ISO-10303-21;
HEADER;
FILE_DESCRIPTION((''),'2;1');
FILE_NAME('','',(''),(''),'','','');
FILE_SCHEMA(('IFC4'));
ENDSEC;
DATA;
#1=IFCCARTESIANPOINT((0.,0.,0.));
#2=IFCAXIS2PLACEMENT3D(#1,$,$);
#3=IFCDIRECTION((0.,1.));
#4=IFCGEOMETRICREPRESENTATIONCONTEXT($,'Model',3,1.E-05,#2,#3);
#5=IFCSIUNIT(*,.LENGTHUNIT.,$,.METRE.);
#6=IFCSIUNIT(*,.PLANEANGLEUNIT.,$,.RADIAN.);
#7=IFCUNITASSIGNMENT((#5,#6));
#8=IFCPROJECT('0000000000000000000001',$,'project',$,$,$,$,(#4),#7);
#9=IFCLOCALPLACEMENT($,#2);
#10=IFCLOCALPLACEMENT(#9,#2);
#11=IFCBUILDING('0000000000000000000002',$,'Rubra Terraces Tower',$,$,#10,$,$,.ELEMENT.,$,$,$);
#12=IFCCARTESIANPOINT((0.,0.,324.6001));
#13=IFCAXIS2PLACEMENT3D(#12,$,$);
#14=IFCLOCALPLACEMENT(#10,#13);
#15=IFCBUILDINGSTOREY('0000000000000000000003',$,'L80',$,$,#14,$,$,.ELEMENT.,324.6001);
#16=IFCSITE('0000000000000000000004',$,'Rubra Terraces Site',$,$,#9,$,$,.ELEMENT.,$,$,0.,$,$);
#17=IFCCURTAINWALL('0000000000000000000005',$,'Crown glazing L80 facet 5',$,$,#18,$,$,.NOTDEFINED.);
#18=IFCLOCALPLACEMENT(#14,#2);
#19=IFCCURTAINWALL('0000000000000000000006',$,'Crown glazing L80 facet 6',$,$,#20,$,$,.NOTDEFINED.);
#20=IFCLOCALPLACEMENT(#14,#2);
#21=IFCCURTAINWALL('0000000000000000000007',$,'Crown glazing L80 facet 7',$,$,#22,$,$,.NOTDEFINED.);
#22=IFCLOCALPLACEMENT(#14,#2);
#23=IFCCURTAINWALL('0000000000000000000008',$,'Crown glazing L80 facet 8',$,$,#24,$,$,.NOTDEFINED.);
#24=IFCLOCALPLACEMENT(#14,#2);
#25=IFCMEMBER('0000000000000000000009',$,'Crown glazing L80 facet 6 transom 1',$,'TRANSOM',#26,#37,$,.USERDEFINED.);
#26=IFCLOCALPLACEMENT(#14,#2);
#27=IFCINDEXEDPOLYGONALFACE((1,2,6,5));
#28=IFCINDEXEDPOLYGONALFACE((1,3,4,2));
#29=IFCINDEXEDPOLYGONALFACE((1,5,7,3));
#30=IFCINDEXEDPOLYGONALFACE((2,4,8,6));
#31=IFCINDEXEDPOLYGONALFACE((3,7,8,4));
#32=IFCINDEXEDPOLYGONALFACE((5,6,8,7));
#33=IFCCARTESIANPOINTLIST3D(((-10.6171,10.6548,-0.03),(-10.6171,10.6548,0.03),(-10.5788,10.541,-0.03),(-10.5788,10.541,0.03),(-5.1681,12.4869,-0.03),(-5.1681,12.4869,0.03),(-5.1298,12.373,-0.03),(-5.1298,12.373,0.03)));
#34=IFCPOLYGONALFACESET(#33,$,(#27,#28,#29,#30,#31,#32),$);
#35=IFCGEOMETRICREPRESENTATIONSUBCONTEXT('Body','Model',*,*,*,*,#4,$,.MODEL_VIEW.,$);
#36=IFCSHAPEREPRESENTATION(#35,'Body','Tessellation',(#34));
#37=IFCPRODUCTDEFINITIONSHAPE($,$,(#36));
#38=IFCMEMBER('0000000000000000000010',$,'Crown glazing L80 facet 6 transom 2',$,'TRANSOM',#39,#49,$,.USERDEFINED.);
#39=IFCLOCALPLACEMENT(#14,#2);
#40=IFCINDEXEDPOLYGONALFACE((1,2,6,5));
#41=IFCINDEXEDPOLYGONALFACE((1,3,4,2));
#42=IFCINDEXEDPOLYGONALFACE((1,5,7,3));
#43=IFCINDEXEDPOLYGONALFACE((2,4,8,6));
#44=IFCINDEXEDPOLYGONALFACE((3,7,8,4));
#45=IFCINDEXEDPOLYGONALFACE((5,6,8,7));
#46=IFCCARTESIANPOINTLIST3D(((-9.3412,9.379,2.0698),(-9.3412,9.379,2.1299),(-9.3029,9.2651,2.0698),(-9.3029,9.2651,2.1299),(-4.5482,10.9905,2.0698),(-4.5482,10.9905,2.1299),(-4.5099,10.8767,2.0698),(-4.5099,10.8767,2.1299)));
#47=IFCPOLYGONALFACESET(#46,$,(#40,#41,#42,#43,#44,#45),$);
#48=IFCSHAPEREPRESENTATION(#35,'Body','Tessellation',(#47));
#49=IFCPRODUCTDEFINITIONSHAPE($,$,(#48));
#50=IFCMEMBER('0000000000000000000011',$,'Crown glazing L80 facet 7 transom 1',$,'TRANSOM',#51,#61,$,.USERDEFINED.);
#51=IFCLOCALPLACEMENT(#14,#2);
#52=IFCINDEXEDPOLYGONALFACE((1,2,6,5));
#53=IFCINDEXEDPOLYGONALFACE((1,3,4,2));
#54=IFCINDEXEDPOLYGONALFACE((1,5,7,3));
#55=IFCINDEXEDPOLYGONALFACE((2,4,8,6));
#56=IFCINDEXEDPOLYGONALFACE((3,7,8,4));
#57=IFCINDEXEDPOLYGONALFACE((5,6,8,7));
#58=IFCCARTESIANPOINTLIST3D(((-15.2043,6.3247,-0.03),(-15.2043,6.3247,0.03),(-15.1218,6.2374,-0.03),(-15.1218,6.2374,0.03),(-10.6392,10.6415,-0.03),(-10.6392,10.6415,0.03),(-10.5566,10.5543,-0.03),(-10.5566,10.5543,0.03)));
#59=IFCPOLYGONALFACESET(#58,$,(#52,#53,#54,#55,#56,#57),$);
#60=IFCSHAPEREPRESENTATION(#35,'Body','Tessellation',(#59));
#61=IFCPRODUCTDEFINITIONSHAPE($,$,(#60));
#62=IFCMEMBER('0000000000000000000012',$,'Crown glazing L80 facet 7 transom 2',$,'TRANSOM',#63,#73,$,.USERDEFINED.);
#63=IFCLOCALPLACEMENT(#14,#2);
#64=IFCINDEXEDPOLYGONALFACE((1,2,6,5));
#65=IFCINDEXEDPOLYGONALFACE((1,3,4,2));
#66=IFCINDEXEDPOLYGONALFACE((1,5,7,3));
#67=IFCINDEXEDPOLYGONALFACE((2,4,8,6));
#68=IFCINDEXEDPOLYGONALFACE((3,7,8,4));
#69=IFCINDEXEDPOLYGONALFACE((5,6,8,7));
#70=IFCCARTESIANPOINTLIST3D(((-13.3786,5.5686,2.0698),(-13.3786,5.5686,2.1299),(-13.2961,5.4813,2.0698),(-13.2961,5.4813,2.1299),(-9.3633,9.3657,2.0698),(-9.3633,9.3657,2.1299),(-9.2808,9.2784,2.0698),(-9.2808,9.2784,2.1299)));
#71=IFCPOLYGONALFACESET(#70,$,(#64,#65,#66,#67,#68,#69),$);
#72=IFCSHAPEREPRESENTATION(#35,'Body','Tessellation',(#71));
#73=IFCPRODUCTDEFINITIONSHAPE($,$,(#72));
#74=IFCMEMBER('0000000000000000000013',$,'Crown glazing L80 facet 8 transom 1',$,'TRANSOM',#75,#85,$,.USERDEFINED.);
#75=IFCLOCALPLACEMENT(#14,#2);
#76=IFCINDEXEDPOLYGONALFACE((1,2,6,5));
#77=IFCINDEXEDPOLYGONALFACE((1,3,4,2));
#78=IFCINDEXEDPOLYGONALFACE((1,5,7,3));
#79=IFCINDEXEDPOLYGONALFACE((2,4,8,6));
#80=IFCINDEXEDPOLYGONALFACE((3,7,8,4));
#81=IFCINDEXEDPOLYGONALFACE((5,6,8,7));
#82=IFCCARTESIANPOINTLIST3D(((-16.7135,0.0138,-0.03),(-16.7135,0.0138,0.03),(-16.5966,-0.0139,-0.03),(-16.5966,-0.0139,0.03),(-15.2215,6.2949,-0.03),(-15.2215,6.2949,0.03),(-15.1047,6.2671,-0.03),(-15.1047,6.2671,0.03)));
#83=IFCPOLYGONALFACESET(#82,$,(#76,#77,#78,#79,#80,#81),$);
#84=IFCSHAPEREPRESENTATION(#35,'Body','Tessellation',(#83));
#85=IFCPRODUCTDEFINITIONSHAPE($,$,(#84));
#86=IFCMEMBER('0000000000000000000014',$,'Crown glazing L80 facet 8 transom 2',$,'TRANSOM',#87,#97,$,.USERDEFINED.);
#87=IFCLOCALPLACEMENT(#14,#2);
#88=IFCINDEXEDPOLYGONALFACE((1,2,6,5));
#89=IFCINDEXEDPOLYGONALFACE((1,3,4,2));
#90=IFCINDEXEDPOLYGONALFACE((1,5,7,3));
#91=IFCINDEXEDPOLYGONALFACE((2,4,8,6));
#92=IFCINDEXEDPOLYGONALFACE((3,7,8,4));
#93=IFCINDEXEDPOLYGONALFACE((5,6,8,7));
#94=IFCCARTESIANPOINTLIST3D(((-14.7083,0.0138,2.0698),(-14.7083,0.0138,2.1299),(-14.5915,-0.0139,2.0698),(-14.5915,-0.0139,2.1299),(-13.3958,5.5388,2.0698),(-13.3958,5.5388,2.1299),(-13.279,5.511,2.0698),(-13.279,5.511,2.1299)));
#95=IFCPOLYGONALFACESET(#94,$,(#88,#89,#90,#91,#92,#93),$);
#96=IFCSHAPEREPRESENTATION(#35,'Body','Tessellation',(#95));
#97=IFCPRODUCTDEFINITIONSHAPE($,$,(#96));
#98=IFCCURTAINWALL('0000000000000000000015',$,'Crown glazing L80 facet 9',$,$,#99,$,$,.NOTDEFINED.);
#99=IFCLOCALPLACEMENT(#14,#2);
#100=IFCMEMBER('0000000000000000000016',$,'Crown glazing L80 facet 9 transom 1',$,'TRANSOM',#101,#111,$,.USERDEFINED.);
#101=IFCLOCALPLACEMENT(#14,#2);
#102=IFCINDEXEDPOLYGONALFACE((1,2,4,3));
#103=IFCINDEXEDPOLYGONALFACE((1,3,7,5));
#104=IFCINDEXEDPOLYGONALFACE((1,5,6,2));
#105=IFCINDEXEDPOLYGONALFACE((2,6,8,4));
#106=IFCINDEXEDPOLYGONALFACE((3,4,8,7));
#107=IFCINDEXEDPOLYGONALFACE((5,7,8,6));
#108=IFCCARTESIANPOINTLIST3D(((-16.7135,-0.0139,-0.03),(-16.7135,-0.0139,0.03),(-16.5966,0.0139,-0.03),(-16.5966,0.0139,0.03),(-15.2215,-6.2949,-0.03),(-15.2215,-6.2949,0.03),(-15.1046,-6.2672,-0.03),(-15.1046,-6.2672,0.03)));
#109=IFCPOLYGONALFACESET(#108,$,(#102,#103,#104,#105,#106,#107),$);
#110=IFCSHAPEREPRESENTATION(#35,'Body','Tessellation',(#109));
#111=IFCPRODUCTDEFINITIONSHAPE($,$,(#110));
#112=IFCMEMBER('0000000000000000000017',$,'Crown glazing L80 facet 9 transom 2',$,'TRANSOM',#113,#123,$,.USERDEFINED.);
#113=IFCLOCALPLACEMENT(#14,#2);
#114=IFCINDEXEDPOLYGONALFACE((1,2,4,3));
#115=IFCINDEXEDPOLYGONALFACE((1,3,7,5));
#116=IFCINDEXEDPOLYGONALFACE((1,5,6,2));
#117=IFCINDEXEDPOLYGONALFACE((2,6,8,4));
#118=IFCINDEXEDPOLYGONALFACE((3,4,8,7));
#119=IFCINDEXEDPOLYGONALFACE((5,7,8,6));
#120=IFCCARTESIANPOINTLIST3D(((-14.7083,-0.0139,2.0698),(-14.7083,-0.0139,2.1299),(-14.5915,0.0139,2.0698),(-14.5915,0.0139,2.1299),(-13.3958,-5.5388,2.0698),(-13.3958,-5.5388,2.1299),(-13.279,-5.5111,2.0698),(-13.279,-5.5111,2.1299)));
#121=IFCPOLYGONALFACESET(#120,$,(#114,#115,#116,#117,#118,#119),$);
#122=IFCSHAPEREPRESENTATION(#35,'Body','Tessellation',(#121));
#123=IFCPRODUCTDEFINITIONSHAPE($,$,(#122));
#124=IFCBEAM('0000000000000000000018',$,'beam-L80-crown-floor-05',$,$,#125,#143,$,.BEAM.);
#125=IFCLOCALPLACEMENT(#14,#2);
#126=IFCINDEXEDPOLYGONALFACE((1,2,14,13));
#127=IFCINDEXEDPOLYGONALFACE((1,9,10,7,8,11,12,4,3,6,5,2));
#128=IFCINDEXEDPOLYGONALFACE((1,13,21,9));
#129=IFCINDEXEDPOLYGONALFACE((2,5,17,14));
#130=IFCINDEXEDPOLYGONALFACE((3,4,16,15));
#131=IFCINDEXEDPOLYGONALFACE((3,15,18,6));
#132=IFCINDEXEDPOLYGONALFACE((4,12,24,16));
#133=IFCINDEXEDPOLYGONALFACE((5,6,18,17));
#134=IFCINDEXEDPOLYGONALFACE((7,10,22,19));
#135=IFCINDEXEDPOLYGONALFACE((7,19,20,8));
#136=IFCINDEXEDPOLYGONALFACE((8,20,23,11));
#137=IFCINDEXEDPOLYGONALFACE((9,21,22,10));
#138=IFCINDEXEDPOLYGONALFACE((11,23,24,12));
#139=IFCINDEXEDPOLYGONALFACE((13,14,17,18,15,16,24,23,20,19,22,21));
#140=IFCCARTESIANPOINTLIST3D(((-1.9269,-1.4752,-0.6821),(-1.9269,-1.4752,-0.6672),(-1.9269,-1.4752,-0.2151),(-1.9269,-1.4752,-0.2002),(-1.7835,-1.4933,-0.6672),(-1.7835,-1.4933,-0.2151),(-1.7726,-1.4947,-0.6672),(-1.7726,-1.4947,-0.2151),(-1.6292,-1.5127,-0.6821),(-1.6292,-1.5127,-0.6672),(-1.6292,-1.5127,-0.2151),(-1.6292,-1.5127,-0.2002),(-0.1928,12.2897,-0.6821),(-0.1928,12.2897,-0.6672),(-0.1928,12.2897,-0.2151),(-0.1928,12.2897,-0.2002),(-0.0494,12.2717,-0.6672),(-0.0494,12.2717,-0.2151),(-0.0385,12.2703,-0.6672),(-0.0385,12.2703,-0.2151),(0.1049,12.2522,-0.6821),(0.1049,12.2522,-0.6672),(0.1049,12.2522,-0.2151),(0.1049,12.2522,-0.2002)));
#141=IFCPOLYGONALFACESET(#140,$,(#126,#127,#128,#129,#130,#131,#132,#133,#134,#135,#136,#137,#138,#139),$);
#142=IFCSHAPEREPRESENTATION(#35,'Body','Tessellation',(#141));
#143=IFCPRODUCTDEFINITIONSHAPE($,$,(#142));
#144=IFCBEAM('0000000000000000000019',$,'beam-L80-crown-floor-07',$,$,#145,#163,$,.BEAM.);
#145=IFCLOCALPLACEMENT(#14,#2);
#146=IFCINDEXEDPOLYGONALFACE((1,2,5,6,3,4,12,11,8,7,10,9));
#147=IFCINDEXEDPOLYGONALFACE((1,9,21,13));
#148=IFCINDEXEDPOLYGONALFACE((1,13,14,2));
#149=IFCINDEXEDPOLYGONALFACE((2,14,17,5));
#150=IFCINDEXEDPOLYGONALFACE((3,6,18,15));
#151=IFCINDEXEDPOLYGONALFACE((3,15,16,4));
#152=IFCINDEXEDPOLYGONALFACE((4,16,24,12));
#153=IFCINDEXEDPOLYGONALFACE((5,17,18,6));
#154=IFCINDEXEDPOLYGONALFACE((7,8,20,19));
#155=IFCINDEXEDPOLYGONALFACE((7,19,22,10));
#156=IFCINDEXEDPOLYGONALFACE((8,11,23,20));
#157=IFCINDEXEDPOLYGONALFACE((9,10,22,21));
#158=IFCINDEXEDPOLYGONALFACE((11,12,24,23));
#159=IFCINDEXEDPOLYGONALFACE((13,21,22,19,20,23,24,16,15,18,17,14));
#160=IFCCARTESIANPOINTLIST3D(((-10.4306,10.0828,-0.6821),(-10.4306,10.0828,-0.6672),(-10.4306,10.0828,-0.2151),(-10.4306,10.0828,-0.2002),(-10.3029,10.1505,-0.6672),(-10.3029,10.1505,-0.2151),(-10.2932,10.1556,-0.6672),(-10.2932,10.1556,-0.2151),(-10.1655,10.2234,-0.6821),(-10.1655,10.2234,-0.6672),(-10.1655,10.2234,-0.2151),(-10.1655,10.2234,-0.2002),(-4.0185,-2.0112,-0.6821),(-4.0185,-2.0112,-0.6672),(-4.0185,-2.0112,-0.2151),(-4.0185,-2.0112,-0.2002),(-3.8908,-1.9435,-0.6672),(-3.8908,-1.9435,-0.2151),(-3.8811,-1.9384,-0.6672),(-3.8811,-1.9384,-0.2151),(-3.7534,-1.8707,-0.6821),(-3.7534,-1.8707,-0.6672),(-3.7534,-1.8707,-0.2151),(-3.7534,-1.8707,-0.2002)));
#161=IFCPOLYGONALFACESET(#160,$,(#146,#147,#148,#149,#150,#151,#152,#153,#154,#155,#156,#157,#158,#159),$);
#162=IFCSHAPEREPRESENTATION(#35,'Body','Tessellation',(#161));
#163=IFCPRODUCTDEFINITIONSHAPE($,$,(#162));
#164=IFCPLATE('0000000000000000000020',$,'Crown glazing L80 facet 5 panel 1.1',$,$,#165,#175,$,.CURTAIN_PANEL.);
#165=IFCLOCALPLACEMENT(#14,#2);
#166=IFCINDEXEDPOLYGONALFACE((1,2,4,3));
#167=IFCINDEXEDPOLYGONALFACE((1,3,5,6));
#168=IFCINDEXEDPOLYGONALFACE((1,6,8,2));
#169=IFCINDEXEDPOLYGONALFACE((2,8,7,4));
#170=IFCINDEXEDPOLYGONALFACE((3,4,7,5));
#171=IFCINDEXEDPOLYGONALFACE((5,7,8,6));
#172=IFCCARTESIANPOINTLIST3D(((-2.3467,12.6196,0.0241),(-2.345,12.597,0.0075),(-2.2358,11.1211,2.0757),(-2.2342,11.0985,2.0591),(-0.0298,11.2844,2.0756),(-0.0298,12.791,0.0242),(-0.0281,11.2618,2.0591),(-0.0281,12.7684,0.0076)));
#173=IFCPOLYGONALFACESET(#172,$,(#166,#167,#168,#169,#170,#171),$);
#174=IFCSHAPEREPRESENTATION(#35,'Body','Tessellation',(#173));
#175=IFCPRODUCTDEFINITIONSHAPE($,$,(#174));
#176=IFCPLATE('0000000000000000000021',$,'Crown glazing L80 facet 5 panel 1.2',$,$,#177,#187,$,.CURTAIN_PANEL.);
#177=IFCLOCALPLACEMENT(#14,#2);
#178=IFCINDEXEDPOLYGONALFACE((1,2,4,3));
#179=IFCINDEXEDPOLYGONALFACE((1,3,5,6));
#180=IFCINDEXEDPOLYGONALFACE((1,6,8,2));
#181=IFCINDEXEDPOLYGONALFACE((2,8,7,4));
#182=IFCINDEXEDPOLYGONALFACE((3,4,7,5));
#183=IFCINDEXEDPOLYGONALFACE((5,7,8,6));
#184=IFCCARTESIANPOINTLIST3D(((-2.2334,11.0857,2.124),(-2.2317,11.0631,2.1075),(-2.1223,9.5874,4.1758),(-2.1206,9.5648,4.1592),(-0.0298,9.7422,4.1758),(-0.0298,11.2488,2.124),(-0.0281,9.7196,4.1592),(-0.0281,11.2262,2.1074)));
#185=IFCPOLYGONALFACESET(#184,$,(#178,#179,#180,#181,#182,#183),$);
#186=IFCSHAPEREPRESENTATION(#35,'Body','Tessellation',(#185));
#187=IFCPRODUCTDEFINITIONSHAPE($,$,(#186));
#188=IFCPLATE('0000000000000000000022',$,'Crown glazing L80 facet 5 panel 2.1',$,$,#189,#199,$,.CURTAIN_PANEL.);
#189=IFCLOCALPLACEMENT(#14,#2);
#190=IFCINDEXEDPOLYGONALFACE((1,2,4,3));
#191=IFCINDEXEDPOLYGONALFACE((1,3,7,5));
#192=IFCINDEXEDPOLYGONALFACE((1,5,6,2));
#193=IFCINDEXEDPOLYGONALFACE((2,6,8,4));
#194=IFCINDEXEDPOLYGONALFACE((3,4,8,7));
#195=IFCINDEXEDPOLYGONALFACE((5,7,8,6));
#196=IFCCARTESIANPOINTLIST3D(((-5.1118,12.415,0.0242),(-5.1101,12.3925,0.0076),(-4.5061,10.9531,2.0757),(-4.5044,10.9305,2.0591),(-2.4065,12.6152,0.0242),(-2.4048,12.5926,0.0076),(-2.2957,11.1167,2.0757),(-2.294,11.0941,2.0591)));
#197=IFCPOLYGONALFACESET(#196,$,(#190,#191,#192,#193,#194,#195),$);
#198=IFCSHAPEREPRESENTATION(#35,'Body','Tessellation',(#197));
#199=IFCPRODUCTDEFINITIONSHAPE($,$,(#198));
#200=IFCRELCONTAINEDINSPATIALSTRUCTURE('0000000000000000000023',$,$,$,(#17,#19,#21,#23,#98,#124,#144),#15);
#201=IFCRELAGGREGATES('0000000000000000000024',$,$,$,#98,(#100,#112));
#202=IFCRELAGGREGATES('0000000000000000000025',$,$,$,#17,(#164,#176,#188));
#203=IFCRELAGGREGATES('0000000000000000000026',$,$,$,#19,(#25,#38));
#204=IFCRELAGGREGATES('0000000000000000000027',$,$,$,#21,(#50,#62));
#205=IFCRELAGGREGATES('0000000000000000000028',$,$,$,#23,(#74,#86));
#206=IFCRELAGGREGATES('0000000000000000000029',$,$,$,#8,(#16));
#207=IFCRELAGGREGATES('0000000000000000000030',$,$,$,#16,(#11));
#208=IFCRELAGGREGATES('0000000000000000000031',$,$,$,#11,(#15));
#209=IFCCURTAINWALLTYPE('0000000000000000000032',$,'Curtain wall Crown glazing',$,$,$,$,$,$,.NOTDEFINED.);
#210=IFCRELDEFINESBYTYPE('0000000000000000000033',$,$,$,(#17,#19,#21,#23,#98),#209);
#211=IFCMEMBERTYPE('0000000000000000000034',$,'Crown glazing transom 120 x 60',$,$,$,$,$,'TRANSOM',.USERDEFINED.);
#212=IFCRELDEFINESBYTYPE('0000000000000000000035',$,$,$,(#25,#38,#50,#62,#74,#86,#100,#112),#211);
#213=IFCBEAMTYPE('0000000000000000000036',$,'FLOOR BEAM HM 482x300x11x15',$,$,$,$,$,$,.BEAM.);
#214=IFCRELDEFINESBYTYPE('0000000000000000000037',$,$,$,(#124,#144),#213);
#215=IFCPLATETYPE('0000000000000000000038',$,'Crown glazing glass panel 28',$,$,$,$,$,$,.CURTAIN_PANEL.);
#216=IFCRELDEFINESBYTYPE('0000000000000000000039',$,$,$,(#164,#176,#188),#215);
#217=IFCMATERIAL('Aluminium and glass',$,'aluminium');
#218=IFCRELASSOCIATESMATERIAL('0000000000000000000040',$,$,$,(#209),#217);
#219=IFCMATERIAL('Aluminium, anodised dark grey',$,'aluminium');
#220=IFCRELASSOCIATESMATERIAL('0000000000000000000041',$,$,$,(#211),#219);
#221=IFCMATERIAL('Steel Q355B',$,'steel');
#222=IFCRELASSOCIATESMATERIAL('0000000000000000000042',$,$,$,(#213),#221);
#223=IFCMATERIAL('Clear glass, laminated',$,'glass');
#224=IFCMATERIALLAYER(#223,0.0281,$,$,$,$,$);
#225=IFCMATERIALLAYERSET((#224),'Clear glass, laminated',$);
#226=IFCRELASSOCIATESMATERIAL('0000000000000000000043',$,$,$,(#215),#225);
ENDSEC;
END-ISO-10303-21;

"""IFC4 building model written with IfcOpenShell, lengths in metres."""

from ifc_helpers import new_model, si_unit, direction, frame, origin, origin_2d, place, context, subcontext, project, spatial, polyline, rectangle, i_section, outline, extrude, material, layer, layer_set, material_profile, profile_set, type_object, element, aggregate, save


model = new_model("IFC4")

# Units and contexts
model_context = context("Model", 3, precision=1e-05, world=origin(), true_north=direction((0.0, 1.0)))
body_context = subcontext(model_context, "Body", "Model", "MODEL_VIEW")
ifc_project = project(units=[si_unit("LENGTHUNIT", "METRE"), si_unit("PLANEANGLEUNIT", "RADIAN")], contexts=[model_context])

# Site, building, storey
site_placement = place(None, origin())
site = spatial("IfcSite", under=ifc_project, at=site_placement, Name="Rubra Terraces Site", CompositionType="ELEMENT", RefElevation=0.0)
building_placement = place(site_placement, origin())
building = spatial("IfcBuilding", under=site, at=building_placement, Name="Rubra Terraces Tower", CompositionType="ELEMENT")
storey_placement = place(building_placement, frame((0.0, 0.0, 324.6001)))
storey = spatial("IfcBuildingStorey", under=building, at=storey_placement, Name="L80", CompositionType="ELEMENT", Elevation=324.6001)

# Shared definitions
ifc_material_1 = material(Name="Steel Q355B", Category="steel")

# Curtain walls
ifc_material_2 = material(Name="Aluminium and glass", Category="aluminium")
curtain_wall_type = type_object("IfcCurtainWallType", Name="Curtain wall Crown glazing", PredefinedType="NOTDEFINED", material=ifc_material_2)
curtain_wall_1_placement = place(storey_placement, origin())
curtain_wall_1 = element("IfcCurtainWall", 1, at=curtain_wall_1_placement, inside=storey, type_object=curtain_wall_type, Name="Crown glazing L80 facet 5", PredefinedType="NOTDEFINED")
ifc_material_3 = material(Name="Aluminium, anodised dark grey", Category="aluminium")
curtain_wall_2_placement = place(storey_placement, origin())
curtain_wall_2 = element("IfcCurtainWall", 2, at=curtain_wall_2_placement, inside=storey, type_object=curtain_wall_type, Name="Crown glazing L80 facet 6", PredefinedType="NOTDEFINED")
curtain_wall_3_placement = place(storey_placement, origin())
curtain_wall_3 = element("IfcCurtainWall", 3, at=curtain_wall_3_placement, inside=storey, type_object=curtain_wall_type, Name="Crown glazing L80 facet 7", PredefinedType="NOTDEFINED")
curtain_wall_4_placement = place(storey_placement, origin())
curtain_wall_4 = element("IfcCurtainWall", 4, at=curtain_wall_4_placement, inside=storey, type_object=curtain_wall_type, Name="Crown glazing L80 facet 8", PredefinedType="NOTDEFINED")

# Members
ifc_material_profile_1 = material_profile(ifc_material_3, rectangle(XDim=0.1201, YDim=0.0601, at=origin_2d()), Name="AL 120x60")
ifc_profile_set_1 = profile_set([ifc_material_profile_1], Name="Aluminium, anodised dark grey")
member_type_1 = type_object("IfcMemberType", Name="Crown glazing transom 120 x 60", ElementType="TRANSOM", PredefinedType="USERDEFINED", material=ifc_profile_set_1)
member_1_placement = place(storey_placement, frame((-5.1489, 12.4299, 0.0), z_axis=(-0.94786, -0.318686, 0.0), x_axis=(0.318686, -0.94786, 0.0)))
member_1 = element("IfcMember", 5, at=member_1_placement, type_object=member_type_1, Name="Crown glazing L80 facet 6 transom 1", ObjectType="TRANSOM", PredefinedType="USERDEFINED", context=body_context, shape_type="SweptSolid", body=[
    extrude(rectangle(XDim=0.1201, YDim=0.0601, at=origin_2d()), origin(), (0.0, 0.0, 1.0), 5.7488),
])
member_2_placement = place(storey_placement, frame((-4.5291, 10.9336, 2.0999), z_axis=(-0.947854, -0.318704, 0.0), x_axis=(0.318704, -0.947854, 0.0)))
member_2 = element("IfcMember", 6, at=member_2_placement, type_object=member_type_1, Name="Crown glazing L80 facet 6 transom 2", ObjectType="TRANSOM", PredefinedType="USERDEFINED", context=body_context, shape_type="SweptSolid", body=[
    extrude(rectangle(XDim=0.1201, YDim=0.0601, at=origin_2d()), origin(), (0.0, 0.0, 1.0), 5.0566),
])
member_3_placement = place(storey_placement, frame((-10.5979, 10.5979, 0.0), z_axis=(-0.72659, -0.687072, 0.0), x_axis=(0.687072, -0.72659, 0.0)))
member_3 = element("IfcMember", 7, at=member_3_placement, type_object=member_type_1, Name="Crown glazing L80 facet 7 transom 1", ObjectType="TRANSOM", PredefinedType="USERDEFINED", context=body_context, shape_type="SweptSolid", body=[
    extrude(rectangle(XDim=0.1201, YDim=0.0601, at=origin_2d()), origin(), (0.0, 0.0, 1.0), 6.283),
])
member_4_placement = place(storey_placement, frame((-9.322, 9.322, 2.0999), z_axis=(-0.726578, -0.687084, 0.0), x_axis=(0.687084, -0.726578, 0.0)))
member_4 = element("IfcMember", 8, at=member_4_placement, type_object=member_type_1, Name="Crown glazing L80 facet 7 transom 2", ObjectType="TRANSOM", PredefinedType="USERDEFINED", context=body_context, shape_type="SweptSolid", body=[
    extrude(rectangle(XDim=0.1201, YDim=0.0601, at=origin_2d()), origin(), (0.0, 0.0, 1.0), 5.5264),
])
member_5_placement = place(storey_placement, frame((-15.1631, 6.281, 0.0), z_axis=(-0.231102, -0.972929, 0.0), x_axis=(0.972929, -0.231102, 0.0)))
member_5 = element("IfcMember", 9, at=member_5_placement, type_object=member_type_1, Name="Crown glazing L80 facet 8 transom 1", ObjectType="TRANSOM", PredefinedType="USERDEFINED", context=body_context, shape_type="SweptSolid", body=[
    extrude(rectangle(XDim=0.1201, YDim=0.0601, at=origin_2d()), origin(), (0.0, 0.0, 1.0), 6.4558),
])
member_6_placement = place(storey_placement, frame((-13.3374, 5.5249, 2.0999), z_axis=(-0.231128, -0.972923, 0.0), x_axis=(0.972923, -0.231128, 0.0)))
member_6 = element("IfcMember", 10, at=member_6_placement, type_object=member_type_1, Name="Crown glazing L80 facet 8 transom 2", ObjectType="TRANSOM", PredefinedType="USERDEFINED", context=body_context, shape_type="SweptSolid", body=[
    extrude(rectangle(XDim=0.1201, YDim=0.0601, at=origin_2d()), origin(), (0.0, 0.0, 1.0), 5.6787),
])

# Curtain wall, members
curtain_wall_5_placement = place(storey_placement, origin())
curtain_wall_5 = element("IfcCurtainWall", 11, at=curtain_wall_5_placement, inside=storey, type_object=curtain_wall_type, Name="Crown glazing L80 facet 9", PredefinedType="NOTDEFINED")
member_7_placement = place(storey_placement, frame((-16.655, 0.0, 0.0), z_axis=(0.231102, -0.972929, 0.0), x_axis=(0.972929, 0.231102, 0.0)))
member_7 = element("IfcMember", 12, at=member_7_placement, type_object=member_type_1, Name="Crown glazing L80 facet 9 transom 1", ObjectType="TRANSOM", PredefinedType="USERDEFINED", context=body_context, shape_type="SweptSolid", body=[
    extrude(rectangle(XDim=0.1201, YDim=0.0601, at=origin_2d()), origin(), (0.0, 0.0, 1.0), 6.4558),
])
member_8_placement = place(storey_placement, frame((-14.6499, 0.0, 2.0999), z_axis=(0.231128, -0.972923, 0.0), x_axis=(0.972923, 0.231128, 0.0)))
member_8 = element("IfcMember", 13, at=member_8_placement, type_object=member_type_1, Name="Crown glazing L80 facet 9 transom 2", ObjectType="TRANSOM", PredefinedType="USERDEFINED", context=body_context, shape_type="SweptSolid", body=[
    extrude(rectangle(XDim=0.1201, YDim=0.0601, at=origin_2d()), origin(), (0.0, 0.0, 1.0), 5.6787),
])
aggregate(curtain_wall_5, [member_7, member_8])

# Beams
ifc_material_profile_2 = material_profile(ifc_material_1, i_section(OverallWidth=0.3, OverallDepth=0.4819, WebThickness=0.011, FlangeThickness=0.0149, at=origin_2d()), Name="HM 482x300x11x15")
ifc_profile_set_2 = profile_set([ifc_material_profile_2], Name="Steel Q355B")
beam_type_1 = type_object("IfcBeamType", Name="FLOOR BEAM HM 482x300x11x15", PredefinedType="BEAM", material=ifc_profile_set_2)
beam_1_placement = place(storey_placement, frame((-0.0439, 12.271, -0.4412), z_axis=(-0.124994, -0.992157, 0.0), x_axis=(0.992157, -0.124994, 0.0)))
element("IfcBeam", 14, at=beam_1_placement, inside=storey, type_object=beam_type_1, Name="beam-L80-crown-floor-05", PredefinedType="BEAM", context=body_context, shape_type="SweptSolid", body=[
    extrude(i_section(OverallWidth=0.3, OverallDepth=0.4819, WebThickness=0.011, FlangeThickness=0.0149, at=origin_2d()), origin(), (0.0, 0.0, 1.0), 13.8738),
])
beam_2_placement = place(storey_placement, frame((-10.2981, 10.1531, -0.4412), z_axis=(0.468424, -0.883504, 0.0), x_axis=(0.883504, 0.468424, 0.0)))
element("IfcBeam", 15, at=beam_2_placement, inside=storey, type_object=beam_type_1, Name="beam-L80-crown-floor-07", PredefinedType="BEAM", context=body_context, shape_type="SweptSolid", body=[
    extrude(i_section(OverallWidth=0.3, OverallDepth=0.4819, WebThickness=0.011, FlangeThickness=0.0149, at=origin_2d()), origin(), (0.0, 0.0, 1.0), 13.6887),
])

# Plates
ifc_material_4 = material(Name="Clear glass, laminated", Category="glass")
ifc_layer_1 = layer(ifc_material_4, 0.0281)
ifc_layer_set_1 = layer_set([ifc_layer_1], Name="Clear glass, laminated")
plate_type = type_object("IfcPlateType", Name="Crown glazing glass panel 28", PredefinedType="CURTAIN_PANEL", material=ifc_layer_set_1)
plate_1_placement = place(storey_placement, frame((-0.0298, 12.791, 0.0242), z_axis=(-0.059541, 0.804559, 0.590881), x_axis=(-0.997274, -0.073791, -0.000015)))
plate_1 = element("IfcPlate", 16, at=plate_1_placement, type_object=plate_type, Name="Crown glazing L80 facet 5 panel 1.1", PredefinedType="CURTAIN_PANEL", context=body_context, shape_type="SweptSolid", body=[
    extrude(outline(polyline([(0.0, 0.0), (2.3232, 0.0), (2.3232, 2.543), (0.1111, 2.5429), (0.0, 0.0)])), origin(), (0.0, 0.0, -1.0), 0.0281),
])
plate_2_placement = place(storey_placement, frame((-0.0298, 11.2488, 2.124), z_axis=(-0.059533, 0.804614, 0.590806), x_axis=(-0.997273, -0.073795, 0.000009)))
plate_2 = element("IfcPlate", 17, at=plate_2_placement, type_object=plate_type, Name="Crown glazing L80 facet 5 panel 1.2", PredefinedType="CURTAIN_PANEL", context=body_context, shape_type="SweptSolid", body=[
    extrude(outline(polyline([(0.0, 0.0), (2.2096, 0.0), (2.2094, 2.543), (0.1112, 2.5431), (0.0, 0.0)])), origin(), (0.0, 0.0, -1.0), 0.0281),
])
plate_3_placement = place(storey_placement, frame((-2.4065, 12.6152, 0.0242), z_axis=(-0.059537, 0.804545, 0.590899), x_axis=(-0.997273, -0.073799, 0.0)))
plate_3 = element("IfcPlate", 18, at=plate_3_placement, type_object=plate_type, Name="Crown glazing L80 facet 5 panel 2.1", PredefinedType="CURTAIN_PANEL", context=body_context, shape_type="SweptSolid", body=[
    extrude(outline(polyline([(0.0, 0.0), (2.7127, 0.0), (2.2165, 2.543), (0.0001, 2.543), (0.0, 0.0)])), origin(), (0.0, 0.0, -1.0), 0.0281),
])
aggregate(curtain_wall_1, [plate_1, plate_2, plate_3])
aggregate(curtain_wall_2, [member_1, member_2])
aggregate(curtain_wall_3, [member_3, member_4])
aggregate(curtain_wall_4, [member_5, member_6])

save(model, "model.ifc")
